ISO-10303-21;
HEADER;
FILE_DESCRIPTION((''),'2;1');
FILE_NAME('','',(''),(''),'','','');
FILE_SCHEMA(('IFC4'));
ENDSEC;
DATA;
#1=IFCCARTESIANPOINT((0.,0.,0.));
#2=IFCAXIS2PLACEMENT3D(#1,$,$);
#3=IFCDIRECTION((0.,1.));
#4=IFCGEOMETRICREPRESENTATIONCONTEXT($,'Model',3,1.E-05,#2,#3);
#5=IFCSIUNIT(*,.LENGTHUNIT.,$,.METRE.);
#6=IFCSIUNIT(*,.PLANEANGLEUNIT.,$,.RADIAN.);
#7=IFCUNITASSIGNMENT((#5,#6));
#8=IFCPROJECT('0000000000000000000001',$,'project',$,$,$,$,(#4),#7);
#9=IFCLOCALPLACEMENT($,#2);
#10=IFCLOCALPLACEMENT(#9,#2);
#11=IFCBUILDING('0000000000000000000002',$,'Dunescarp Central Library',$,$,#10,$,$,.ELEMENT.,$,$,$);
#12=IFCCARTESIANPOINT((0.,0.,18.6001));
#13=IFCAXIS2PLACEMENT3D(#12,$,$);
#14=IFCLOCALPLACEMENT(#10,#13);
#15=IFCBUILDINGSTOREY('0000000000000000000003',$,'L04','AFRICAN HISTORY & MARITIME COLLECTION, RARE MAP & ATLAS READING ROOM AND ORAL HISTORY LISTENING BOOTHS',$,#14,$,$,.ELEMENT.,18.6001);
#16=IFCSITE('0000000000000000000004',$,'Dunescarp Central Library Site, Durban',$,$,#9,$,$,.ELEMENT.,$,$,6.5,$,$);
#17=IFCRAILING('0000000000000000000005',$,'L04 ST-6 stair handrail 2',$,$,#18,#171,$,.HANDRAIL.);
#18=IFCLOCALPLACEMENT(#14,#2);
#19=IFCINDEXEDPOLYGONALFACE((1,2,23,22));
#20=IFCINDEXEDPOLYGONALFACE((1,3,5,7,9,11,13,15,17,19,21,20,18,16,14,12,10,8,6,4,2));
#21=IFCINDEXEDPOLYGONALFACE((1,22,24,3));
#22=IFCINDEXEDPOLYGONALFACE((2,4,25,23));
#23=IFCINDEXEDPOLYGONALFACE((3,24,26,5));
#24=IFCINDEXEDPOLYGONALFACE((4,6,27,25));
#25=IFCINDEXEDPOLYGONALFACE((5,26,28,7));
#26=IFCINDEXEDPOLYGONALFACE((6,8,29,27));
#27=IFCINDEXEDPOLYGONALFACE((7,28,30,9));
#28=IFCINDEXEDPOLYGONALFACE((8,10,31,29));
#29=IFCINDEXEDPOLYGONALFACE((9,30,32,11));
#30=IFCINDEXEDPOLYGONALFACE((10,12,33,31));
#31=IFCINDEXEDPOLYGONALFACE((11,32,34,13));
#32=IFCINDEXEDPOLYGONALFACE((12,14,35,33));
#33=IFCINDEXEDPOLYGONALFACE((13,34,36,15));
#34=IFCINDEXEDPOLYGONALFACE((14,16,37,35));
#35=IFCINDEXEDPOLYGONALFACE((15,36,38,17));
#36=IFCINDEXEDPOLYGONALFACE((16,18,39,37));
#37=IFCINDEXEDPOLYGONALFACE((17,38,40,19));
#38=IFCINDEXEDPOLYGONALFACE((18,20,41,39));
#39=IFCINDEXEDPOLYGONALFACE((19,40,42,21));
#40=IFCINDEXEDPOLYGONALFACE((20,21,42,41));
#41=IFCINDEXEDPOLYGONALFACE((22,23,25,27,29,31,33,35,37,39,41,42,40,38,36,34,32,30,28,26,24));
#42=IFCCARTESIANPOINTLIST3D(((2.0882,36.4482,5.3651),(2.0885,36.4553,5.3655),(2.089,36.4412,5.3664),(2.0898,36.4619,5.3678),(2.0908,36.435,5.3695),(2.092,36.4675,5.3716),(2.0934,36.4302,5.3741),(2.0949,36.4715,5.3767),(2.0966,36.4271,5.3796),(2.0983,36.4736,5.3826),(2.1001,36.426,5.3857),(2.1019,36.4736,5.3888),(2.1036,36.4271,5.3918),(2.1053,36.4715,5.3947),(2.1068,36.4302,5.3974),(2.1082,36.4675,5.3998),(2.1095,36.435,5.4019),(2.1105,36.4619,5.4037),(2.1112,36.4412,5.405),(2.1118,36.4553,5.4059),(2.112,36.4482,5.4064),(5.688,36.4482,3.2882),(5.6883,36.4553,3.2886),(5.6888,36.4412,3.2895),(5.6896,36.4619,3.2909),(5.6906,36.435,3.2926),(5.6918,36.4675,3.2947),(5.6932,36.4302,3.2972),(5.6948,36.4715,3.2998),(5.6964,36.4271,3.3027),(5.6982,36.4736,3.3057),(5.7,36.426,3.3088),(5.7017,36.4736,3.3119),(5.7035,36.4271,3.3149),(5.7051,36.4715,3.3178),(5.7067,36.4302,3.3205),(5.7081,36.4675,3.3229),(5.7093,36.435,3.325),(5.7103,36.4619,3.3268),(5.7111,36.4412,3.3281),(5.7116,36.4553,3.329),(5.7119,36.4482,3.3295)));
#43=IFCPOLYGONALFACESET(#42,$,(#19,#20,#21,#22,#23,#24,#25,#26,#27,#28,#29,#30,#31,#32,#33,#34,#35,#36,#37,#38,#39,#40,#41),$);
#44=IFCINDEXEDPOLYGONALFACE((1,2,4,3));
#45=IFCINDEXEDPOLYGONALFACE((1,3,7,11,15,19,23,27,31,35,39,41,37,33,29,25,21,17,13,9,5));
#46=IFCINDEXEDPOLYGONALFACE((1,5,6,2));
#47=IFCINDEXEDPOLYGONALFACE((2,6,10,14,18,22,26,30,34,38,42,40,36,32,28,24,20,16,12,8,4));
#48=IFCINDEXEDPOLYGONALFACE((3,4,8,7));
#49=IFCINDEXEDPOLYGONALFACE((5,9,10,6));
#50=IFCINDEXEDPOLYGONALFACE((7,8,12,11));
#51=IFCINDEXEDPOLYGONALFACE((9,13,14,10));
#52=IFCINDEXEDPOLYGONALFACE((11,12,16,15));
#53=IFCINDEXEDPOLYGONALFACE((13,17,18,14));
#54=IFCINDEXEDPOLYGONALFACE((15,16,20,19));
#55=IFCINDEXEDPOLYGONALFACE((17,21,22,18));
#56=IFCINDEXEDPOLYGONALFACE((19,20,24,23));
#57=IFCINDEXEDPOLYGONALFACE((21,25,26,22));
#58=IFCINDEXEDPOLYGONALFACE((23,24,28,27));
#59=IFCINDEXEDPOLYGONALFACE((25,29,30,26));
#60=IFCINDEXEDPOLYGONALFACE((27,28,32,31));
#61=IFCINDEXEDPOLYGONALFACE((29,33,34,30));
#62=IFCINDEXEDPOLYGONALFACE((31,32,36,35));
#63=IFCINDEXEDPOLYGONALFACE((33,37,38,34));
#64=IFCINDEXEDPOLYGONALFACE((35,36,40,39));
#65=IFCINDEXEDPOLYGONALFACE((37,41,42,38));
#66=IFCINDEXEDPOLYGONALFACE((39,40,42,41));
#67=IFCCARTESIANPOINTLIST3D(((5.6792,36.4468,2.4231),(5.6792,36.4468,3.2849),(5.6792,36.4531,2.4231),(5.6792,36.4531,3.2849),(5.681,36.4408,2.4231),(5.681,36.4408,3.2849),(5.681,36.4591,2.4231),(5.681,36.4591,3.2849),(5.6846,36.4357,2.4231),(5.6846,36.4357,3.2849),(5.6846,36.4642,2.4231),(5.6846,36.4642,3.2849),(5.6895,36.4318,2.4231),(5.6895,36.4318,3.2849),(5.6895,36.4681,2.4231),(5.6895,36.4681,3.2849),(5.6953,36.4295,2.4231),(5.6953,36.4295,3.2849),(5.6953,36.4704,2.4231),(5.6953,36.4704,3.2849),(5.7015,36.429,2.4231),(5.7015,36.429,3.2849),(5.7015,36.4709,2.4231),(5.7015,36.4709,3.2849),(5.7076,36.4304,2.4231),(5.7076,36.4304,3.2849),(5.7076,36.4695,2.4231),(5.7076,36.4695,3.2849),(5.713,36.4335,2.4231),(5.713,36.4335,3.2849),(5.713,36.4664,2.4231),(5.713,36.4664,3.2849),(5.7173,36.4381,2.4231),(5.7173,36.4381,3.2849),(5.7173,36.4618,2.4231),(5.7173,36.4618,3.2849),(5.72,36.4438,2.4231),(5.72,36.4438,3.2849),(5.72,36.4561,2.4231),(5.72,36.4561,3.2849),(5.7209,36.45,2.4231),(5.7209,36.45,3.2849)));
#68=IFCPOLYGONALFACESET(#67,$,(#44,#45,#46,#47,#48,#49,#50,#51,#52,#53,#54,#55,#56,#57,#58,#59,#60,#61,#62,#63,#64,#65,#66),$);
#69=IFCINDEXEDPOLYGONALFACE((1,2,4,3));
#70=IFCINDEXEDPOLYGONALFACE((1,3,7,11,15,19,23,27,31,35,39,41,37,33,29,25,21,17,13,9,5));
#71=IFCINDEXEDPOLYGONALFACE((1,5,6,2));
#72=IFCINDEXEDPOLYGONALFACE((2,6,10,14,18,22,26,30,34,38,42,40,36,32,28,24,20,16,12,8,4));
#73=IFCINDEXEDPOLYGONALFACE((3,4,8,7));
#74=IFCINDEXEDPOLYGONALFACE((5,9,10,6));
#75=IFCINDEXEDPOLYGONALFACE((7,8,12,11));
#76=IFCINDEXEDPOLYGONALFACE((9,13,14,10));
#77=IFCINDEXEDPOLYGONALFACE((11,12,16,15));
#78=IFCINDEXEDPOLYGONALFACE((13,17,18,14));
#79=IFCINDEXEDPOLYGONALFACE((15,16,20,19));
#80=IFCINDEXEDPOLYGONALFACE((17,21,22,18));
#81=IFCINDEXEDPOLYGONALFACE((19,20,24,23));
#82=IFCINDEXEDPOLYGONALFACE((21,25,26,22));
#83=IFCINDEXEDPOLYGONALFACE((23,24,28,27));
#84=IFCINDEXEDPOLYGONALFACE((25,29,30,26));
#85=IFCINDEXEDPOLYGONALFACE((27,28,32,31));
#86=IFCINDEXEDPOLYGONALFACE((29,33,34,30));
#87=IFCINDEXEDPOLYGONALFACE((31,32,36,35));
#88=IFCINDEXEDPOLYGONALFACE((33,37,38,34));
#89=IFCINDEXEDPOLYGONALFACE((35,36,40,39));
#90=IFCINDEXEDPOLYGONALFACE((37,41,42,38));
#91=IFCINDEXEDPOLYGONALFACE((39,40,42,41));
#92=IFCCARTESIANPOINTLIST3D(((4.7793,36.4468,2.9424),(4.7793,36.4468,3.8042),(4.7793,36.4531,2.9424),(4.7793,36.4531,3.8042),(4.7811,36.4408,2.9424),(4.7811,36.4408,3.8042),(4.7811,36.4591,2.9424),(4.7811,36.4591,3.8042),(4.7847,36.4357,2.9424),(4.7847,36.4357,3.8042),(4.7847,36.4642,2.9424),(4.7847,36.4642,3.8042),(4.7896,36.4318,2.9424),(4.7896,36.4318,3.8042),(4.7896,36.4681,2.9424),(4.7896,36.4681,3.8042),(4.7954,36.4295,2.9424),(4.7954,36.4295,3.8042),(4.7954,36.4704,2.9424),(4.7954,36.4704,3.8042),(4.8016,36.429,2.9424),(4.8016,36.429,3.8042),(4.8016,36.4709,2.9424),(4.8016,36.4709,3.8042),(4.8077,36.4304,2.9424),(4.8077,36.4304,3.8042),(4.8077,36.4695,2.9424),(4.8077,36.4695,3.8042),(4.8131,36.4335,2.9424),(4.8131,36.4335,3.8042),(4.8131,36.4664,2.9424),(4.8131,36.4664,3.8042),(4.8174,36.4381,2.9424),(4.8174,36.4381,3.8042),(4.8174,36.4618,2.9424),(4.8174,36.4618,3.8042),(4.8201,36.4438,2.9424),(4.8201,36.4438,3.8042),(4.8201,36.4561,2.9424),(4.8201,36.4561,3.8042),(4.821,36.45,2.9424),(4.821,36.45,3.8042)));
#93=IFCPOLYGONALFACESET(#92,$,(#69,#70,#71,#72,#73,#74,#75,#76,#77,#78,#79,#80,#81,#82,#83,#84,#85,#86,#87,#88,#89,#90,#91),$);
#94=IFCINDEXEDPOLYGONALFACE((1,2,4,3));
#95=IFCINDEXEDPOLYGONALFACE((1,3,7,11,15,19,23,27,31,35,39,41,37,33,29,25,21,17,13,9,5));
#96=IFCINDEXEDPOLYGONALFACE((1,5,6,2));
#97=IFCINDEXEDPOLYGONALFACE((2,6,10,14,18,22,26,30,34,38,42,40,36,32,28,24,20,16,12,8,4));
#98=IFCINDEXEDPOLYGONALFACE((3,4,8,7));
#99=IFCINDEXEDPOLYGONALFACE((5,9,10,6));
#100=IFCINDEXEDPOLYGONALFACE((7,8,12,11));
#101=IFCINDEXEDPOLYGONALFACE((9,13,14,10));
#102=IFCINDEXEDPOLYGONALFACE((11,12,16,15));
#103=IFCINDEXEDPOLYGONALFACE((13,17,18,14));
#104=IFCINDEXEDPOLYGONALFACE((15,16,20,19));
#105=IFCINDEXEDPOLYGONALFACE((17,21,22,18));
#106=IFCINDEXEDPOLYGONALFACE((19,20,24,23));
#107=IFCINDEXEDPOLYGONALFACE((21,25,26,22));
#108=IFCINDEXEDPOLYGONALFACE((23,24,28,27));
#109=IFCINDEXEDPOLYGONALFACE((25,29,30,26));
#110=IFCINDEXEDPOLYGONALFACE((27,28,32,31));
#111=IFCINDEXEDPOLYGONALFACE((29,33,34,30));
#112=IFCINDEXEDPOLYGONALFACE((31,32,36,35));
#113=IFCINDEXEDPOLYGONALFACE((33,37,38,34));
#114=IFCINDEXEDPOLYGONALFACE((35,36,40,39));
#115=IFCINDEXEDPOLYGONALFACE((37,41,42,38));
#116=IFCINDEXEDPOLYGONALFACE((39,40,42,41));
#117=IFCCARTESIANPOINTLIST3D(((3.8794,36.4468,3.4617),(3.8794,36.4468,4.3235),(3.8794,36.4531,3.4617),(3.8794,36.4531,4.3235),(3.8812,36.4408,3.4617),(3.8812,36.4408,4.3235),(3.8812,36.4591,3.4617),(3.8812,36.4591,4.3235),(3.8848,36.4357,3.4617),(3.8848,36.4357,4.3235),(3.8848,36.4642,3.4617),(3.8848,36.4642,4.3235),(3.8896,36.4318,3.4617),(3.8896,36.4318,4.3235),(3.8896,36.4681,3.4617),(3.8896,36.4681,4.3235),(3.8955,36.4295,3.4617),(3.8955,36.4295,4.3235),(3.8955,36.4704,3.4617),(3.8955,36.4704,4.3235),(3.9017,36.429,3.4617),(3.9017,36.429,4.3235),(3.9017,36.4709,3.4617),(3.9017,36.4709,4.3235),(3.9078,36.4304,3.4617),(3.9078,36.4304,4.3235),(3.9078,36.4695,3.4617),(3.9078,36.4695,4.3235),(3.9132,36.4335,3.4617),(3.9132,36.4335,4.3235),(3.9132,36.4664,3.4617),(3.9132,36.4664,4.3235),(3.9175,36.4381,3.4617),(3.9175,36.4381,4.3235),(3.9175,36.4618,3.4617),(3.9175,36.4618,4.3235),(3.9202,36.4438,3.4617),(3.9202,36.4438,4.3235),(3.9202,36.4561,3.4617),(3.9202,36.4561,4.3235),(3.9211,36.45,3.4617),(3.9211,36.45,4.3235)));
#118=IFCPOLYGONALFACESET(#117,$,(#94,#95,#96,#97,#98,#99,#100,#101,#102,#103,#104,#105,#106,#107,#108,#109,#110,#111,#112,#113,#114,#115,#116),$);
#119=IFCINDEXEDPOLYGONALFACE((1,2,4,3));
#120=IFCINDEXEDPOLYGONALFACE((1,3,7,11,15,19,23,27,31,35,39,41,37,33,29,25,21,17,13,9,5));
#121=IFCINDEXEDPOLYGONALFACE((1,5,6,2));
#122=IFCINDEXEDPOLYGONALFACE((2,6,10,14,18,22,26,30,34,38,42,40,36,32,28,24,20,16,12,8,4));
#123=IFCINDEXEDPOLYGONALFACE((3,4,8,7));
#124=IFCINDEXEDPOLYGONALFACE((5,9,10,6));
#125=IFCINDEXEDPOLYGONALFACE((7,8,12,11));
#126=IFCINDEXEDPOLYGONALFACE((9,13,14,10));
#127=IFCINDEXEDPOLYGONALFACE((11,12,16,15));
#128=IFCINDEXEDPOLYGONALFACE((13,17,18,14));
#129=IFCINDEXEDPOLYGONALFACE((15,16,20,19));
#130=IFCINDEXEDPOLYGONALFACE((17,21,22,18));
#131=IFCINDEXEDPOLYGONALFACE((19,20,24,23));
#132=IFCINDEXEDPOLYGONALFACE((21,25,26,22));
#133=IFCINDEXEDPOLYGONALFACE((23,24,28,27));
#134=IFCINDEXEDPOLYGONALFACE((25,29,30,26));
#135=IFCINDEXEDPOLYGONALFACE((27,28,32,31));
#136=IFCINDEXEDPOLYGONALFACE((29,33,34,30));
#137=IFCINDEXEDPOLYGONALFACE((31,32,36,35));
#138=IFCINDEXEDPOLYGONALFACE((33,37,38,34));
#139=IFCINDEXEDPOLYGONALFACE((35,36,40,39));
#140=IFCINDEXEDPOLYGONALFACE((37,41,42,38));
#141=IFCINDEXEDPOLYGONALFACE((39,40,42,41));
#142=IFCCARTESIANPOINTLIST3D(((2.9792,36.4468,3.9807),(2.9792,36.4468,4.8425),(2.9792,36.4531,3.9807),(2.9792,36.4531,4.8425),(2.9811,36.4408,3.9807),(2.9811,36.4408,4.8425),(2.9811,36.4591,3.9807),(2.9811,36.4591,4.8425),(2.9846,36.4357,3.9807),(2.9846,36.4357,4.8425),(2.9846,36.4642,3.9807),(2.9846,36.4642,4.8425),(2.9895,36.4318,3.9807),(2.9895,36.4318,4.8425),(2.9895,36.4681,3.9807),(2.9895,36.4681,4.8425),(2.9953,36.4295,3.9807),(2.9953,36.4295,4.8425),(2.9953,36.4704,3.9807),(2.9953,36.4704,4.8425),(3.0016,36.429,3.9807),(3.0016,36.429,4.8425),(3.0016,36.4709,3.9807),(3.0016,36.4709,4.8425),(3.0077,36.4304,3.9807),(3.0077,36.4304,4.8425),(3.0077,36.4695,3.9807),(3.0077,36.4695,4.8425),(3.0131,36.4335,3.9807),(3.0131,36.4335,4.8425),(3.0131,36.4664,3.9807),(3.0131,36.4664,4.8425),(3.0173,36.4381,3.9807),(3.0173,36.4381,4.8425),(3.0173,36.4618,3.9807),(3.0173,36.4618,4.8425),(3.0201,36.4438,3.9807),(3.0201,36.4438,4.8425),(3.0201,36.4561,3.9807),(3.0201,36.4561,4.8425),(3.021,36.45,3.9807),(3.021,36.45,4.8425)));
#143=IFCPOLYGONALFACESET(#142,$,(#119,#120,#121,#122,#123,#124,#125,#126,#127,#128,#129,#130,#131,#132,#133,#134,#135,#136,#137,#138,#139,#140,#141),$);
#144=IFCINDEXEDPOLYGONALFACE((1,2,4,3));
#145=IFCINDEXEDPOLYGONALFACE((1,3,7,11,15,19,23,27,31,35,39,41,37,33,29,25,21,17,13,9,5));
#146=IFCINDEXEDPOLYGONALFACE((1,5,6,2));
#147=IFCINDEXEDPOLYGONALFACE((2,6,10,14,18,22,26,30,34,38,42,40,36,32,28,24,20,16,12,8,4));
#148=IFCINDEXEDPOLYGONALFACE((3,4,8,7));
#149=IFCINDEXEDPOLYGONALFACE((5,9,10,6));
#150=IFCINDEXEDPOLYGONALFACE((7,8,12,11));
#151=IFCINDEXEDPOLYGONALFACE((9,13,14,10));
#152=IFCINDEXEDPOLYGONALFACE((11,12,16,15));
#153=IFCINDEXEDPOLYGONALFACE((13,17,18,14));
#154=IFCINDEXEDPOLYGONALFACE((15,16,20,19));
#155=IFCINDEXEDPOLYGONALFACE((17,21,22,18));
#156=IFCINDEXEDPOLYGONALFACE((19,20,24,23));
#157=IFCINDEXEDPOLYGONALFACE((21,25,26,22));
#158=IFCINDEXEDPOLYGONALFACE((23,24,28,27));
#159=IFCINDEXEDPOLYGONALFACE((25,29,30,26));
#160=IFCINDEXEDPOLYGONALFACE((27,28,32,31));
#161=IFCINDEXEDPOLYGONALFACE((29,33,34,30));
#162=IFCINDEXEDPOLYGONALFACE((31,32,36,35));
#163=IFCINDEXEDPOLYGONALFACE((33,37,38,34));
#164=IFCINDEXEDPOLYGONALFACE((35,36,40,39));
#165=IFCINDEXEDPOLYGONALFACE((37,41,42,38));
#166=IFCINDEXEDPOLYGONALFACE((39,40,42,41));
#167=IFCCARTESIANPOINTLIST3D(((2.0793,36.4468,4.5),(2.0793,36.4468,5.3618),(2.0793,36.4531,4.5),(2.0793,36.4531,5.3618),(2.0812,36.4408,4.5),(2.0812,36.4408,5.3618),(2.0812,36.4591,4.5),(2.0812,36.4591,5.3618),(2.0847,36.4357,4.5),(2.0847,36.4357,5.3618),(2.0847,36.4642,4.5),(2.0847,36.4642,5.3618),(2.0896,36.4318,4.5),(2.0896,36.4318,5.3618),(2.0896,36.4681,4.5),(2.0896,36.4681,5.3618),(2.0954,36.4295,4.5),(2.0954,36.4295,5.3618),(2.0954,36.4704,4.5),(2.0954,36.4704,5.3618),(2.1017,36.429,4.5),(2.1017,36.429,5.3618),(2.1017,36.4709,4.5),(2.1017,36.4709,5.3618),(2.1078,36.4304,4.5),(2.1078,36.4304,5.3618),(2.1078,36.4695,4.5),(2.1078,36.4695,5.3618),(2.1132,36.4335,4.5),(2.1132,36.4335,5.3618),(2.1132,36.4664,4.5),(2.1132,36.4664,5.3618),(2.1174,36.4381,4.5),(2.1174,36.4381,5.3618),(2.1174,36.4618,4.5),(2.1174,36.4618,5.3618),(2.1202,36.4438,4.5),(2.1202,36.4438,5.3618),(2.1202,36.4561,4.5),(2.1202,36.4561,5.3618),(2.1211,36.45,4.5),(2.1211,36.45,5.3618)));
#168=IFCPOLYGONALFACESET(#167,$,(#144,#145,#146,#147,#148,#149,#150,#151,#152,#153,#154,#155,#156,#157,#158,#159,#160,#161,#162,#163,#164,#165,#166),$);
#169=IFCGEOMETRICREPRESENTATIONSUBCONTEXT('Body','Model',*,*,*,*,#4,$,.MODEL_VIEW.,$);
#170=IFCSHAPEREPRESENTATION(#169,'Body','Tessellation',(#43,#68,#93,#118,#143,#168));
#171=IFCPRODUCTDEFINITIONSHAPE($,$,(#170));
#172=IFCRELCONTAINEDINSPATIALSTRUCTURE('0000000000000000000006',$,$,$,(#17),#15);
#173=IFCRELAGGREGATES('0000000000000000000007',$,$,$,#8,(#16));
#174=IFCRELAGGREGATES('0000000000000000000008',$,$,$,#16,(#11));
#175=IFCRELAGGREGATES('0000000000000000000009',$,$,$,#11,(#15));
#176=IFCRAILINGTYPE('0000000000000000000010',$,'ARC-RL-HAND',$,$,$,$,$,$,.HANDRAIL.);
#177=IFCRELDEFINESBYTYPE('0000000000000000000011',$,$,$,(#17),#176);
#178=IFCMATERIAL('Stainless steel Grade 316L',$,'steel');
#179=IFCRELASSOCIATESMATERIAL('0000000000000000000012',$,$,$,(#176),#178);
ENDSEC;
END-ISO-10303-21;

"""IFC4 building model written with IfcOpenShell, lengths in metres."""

from ifc_helpers import new_model, si_unit, direction, frame, origin, origin_2d, place, context, subcontext, project, spatial, circle, extrude, material, type_object, element, save


model = new_model("IFC4")

# Units and contexts
model_context = context("Model", 3, precision=1e-05, world=origin(), true_north=direction((0.0, 1.0)))
body_context = subcontext(model_context, "Body", "Model", "MODEL_VIEW")
ifc_project = project(units=[si_unit("LENGTHUNIT", "METRE"), si_unit("PLANEANGLEUNIT", "RADIAN")], contexts=[model_context])

# Site, building, storey
site_placement = place(None, origin())
site = spatial("IfcSite", under=ifc_project, at=site_placement, Name="Dunescarp Central Library Site, Durban", CompositionType="ELEMENT", RefElevation=6.5)
building_placement = place(site_placement, origin())
building = spatial("IfcBuilding", under=site, at=building_placement, Name="Dunescarp Central Library", CompositionType="ELEMENT")
storey_placement = place(building_placement, frame((0.0, 0.0, 18.6001)))
storey = spatial("IfcBuildingStorey", under=building, at=storey_placement, Name="L04", Description="AFRICAN HISTORY & MARITIME COLLECTION, RARE MAP & ATLAS READING ROOM AND ORAL HISTORY LISTENING BOOTHS", CompositionType="ELEMENT", Elevation=18.6001)

# Railing
ifc_material_1 = material(Name="Stainless steel Grade 316L", Category="steel")
railing_type_1 = type_object("IfcRailingType", Name="ARC-RL-HAND", PredefinedType="HANDRAIL", material=ifc_material_1)
railing_1_placement = place(storey_placement, frame((5.7, 36.45, 2.4231)))
element("IfcRailing", 1, at=railing_1_placement, inside=storey, type_object=railing_type_1, Name="L04 ST-6 stair handrail 2", PredefinedType="HANDRAIL", context=body_context, shape_type="SweptSolid", body=[
    extrude(circle(Radius=0.0239, at=origin_2d()), frame((0.0, 0.0, 0.8857), z_axis=(-0.866179, 0.0, 0.499734), x_axis=(0.0, -1.0, 0.0)), (0.0, 0.0, 1.0), 4.156),
    extrude(circle(Radius=0.021, at=origin_2d()), origin(), (0.0, 0.0, 1.0), 0.8618),
    extrude(circle(Radius=0.021, at=origin_2d()), frame((-0.8999, 0.0, 0.5193)), (0.0, 0.0, 1.0), 0.8618),
    extrude(circle(Radius=0.021, at=origin_2d()), frame((-1.7998, 0.0, 1.0386)), (0.0, 0.0, 1.0), 0.8618),
    extrude(circle(Radius=0.021, at=origin_2d()), frame((-2.7, 0.0, 1.5576)), (0.0, 0.0, 1.0), 0.8618),
    extrude(circle(Radius=0.021, at=origin_2d()), frame((-3.5999, 0.0, 2.0769)), (0.0, 0.0, 1.0), 0.8618),
])

save(model, "model.ifc")
